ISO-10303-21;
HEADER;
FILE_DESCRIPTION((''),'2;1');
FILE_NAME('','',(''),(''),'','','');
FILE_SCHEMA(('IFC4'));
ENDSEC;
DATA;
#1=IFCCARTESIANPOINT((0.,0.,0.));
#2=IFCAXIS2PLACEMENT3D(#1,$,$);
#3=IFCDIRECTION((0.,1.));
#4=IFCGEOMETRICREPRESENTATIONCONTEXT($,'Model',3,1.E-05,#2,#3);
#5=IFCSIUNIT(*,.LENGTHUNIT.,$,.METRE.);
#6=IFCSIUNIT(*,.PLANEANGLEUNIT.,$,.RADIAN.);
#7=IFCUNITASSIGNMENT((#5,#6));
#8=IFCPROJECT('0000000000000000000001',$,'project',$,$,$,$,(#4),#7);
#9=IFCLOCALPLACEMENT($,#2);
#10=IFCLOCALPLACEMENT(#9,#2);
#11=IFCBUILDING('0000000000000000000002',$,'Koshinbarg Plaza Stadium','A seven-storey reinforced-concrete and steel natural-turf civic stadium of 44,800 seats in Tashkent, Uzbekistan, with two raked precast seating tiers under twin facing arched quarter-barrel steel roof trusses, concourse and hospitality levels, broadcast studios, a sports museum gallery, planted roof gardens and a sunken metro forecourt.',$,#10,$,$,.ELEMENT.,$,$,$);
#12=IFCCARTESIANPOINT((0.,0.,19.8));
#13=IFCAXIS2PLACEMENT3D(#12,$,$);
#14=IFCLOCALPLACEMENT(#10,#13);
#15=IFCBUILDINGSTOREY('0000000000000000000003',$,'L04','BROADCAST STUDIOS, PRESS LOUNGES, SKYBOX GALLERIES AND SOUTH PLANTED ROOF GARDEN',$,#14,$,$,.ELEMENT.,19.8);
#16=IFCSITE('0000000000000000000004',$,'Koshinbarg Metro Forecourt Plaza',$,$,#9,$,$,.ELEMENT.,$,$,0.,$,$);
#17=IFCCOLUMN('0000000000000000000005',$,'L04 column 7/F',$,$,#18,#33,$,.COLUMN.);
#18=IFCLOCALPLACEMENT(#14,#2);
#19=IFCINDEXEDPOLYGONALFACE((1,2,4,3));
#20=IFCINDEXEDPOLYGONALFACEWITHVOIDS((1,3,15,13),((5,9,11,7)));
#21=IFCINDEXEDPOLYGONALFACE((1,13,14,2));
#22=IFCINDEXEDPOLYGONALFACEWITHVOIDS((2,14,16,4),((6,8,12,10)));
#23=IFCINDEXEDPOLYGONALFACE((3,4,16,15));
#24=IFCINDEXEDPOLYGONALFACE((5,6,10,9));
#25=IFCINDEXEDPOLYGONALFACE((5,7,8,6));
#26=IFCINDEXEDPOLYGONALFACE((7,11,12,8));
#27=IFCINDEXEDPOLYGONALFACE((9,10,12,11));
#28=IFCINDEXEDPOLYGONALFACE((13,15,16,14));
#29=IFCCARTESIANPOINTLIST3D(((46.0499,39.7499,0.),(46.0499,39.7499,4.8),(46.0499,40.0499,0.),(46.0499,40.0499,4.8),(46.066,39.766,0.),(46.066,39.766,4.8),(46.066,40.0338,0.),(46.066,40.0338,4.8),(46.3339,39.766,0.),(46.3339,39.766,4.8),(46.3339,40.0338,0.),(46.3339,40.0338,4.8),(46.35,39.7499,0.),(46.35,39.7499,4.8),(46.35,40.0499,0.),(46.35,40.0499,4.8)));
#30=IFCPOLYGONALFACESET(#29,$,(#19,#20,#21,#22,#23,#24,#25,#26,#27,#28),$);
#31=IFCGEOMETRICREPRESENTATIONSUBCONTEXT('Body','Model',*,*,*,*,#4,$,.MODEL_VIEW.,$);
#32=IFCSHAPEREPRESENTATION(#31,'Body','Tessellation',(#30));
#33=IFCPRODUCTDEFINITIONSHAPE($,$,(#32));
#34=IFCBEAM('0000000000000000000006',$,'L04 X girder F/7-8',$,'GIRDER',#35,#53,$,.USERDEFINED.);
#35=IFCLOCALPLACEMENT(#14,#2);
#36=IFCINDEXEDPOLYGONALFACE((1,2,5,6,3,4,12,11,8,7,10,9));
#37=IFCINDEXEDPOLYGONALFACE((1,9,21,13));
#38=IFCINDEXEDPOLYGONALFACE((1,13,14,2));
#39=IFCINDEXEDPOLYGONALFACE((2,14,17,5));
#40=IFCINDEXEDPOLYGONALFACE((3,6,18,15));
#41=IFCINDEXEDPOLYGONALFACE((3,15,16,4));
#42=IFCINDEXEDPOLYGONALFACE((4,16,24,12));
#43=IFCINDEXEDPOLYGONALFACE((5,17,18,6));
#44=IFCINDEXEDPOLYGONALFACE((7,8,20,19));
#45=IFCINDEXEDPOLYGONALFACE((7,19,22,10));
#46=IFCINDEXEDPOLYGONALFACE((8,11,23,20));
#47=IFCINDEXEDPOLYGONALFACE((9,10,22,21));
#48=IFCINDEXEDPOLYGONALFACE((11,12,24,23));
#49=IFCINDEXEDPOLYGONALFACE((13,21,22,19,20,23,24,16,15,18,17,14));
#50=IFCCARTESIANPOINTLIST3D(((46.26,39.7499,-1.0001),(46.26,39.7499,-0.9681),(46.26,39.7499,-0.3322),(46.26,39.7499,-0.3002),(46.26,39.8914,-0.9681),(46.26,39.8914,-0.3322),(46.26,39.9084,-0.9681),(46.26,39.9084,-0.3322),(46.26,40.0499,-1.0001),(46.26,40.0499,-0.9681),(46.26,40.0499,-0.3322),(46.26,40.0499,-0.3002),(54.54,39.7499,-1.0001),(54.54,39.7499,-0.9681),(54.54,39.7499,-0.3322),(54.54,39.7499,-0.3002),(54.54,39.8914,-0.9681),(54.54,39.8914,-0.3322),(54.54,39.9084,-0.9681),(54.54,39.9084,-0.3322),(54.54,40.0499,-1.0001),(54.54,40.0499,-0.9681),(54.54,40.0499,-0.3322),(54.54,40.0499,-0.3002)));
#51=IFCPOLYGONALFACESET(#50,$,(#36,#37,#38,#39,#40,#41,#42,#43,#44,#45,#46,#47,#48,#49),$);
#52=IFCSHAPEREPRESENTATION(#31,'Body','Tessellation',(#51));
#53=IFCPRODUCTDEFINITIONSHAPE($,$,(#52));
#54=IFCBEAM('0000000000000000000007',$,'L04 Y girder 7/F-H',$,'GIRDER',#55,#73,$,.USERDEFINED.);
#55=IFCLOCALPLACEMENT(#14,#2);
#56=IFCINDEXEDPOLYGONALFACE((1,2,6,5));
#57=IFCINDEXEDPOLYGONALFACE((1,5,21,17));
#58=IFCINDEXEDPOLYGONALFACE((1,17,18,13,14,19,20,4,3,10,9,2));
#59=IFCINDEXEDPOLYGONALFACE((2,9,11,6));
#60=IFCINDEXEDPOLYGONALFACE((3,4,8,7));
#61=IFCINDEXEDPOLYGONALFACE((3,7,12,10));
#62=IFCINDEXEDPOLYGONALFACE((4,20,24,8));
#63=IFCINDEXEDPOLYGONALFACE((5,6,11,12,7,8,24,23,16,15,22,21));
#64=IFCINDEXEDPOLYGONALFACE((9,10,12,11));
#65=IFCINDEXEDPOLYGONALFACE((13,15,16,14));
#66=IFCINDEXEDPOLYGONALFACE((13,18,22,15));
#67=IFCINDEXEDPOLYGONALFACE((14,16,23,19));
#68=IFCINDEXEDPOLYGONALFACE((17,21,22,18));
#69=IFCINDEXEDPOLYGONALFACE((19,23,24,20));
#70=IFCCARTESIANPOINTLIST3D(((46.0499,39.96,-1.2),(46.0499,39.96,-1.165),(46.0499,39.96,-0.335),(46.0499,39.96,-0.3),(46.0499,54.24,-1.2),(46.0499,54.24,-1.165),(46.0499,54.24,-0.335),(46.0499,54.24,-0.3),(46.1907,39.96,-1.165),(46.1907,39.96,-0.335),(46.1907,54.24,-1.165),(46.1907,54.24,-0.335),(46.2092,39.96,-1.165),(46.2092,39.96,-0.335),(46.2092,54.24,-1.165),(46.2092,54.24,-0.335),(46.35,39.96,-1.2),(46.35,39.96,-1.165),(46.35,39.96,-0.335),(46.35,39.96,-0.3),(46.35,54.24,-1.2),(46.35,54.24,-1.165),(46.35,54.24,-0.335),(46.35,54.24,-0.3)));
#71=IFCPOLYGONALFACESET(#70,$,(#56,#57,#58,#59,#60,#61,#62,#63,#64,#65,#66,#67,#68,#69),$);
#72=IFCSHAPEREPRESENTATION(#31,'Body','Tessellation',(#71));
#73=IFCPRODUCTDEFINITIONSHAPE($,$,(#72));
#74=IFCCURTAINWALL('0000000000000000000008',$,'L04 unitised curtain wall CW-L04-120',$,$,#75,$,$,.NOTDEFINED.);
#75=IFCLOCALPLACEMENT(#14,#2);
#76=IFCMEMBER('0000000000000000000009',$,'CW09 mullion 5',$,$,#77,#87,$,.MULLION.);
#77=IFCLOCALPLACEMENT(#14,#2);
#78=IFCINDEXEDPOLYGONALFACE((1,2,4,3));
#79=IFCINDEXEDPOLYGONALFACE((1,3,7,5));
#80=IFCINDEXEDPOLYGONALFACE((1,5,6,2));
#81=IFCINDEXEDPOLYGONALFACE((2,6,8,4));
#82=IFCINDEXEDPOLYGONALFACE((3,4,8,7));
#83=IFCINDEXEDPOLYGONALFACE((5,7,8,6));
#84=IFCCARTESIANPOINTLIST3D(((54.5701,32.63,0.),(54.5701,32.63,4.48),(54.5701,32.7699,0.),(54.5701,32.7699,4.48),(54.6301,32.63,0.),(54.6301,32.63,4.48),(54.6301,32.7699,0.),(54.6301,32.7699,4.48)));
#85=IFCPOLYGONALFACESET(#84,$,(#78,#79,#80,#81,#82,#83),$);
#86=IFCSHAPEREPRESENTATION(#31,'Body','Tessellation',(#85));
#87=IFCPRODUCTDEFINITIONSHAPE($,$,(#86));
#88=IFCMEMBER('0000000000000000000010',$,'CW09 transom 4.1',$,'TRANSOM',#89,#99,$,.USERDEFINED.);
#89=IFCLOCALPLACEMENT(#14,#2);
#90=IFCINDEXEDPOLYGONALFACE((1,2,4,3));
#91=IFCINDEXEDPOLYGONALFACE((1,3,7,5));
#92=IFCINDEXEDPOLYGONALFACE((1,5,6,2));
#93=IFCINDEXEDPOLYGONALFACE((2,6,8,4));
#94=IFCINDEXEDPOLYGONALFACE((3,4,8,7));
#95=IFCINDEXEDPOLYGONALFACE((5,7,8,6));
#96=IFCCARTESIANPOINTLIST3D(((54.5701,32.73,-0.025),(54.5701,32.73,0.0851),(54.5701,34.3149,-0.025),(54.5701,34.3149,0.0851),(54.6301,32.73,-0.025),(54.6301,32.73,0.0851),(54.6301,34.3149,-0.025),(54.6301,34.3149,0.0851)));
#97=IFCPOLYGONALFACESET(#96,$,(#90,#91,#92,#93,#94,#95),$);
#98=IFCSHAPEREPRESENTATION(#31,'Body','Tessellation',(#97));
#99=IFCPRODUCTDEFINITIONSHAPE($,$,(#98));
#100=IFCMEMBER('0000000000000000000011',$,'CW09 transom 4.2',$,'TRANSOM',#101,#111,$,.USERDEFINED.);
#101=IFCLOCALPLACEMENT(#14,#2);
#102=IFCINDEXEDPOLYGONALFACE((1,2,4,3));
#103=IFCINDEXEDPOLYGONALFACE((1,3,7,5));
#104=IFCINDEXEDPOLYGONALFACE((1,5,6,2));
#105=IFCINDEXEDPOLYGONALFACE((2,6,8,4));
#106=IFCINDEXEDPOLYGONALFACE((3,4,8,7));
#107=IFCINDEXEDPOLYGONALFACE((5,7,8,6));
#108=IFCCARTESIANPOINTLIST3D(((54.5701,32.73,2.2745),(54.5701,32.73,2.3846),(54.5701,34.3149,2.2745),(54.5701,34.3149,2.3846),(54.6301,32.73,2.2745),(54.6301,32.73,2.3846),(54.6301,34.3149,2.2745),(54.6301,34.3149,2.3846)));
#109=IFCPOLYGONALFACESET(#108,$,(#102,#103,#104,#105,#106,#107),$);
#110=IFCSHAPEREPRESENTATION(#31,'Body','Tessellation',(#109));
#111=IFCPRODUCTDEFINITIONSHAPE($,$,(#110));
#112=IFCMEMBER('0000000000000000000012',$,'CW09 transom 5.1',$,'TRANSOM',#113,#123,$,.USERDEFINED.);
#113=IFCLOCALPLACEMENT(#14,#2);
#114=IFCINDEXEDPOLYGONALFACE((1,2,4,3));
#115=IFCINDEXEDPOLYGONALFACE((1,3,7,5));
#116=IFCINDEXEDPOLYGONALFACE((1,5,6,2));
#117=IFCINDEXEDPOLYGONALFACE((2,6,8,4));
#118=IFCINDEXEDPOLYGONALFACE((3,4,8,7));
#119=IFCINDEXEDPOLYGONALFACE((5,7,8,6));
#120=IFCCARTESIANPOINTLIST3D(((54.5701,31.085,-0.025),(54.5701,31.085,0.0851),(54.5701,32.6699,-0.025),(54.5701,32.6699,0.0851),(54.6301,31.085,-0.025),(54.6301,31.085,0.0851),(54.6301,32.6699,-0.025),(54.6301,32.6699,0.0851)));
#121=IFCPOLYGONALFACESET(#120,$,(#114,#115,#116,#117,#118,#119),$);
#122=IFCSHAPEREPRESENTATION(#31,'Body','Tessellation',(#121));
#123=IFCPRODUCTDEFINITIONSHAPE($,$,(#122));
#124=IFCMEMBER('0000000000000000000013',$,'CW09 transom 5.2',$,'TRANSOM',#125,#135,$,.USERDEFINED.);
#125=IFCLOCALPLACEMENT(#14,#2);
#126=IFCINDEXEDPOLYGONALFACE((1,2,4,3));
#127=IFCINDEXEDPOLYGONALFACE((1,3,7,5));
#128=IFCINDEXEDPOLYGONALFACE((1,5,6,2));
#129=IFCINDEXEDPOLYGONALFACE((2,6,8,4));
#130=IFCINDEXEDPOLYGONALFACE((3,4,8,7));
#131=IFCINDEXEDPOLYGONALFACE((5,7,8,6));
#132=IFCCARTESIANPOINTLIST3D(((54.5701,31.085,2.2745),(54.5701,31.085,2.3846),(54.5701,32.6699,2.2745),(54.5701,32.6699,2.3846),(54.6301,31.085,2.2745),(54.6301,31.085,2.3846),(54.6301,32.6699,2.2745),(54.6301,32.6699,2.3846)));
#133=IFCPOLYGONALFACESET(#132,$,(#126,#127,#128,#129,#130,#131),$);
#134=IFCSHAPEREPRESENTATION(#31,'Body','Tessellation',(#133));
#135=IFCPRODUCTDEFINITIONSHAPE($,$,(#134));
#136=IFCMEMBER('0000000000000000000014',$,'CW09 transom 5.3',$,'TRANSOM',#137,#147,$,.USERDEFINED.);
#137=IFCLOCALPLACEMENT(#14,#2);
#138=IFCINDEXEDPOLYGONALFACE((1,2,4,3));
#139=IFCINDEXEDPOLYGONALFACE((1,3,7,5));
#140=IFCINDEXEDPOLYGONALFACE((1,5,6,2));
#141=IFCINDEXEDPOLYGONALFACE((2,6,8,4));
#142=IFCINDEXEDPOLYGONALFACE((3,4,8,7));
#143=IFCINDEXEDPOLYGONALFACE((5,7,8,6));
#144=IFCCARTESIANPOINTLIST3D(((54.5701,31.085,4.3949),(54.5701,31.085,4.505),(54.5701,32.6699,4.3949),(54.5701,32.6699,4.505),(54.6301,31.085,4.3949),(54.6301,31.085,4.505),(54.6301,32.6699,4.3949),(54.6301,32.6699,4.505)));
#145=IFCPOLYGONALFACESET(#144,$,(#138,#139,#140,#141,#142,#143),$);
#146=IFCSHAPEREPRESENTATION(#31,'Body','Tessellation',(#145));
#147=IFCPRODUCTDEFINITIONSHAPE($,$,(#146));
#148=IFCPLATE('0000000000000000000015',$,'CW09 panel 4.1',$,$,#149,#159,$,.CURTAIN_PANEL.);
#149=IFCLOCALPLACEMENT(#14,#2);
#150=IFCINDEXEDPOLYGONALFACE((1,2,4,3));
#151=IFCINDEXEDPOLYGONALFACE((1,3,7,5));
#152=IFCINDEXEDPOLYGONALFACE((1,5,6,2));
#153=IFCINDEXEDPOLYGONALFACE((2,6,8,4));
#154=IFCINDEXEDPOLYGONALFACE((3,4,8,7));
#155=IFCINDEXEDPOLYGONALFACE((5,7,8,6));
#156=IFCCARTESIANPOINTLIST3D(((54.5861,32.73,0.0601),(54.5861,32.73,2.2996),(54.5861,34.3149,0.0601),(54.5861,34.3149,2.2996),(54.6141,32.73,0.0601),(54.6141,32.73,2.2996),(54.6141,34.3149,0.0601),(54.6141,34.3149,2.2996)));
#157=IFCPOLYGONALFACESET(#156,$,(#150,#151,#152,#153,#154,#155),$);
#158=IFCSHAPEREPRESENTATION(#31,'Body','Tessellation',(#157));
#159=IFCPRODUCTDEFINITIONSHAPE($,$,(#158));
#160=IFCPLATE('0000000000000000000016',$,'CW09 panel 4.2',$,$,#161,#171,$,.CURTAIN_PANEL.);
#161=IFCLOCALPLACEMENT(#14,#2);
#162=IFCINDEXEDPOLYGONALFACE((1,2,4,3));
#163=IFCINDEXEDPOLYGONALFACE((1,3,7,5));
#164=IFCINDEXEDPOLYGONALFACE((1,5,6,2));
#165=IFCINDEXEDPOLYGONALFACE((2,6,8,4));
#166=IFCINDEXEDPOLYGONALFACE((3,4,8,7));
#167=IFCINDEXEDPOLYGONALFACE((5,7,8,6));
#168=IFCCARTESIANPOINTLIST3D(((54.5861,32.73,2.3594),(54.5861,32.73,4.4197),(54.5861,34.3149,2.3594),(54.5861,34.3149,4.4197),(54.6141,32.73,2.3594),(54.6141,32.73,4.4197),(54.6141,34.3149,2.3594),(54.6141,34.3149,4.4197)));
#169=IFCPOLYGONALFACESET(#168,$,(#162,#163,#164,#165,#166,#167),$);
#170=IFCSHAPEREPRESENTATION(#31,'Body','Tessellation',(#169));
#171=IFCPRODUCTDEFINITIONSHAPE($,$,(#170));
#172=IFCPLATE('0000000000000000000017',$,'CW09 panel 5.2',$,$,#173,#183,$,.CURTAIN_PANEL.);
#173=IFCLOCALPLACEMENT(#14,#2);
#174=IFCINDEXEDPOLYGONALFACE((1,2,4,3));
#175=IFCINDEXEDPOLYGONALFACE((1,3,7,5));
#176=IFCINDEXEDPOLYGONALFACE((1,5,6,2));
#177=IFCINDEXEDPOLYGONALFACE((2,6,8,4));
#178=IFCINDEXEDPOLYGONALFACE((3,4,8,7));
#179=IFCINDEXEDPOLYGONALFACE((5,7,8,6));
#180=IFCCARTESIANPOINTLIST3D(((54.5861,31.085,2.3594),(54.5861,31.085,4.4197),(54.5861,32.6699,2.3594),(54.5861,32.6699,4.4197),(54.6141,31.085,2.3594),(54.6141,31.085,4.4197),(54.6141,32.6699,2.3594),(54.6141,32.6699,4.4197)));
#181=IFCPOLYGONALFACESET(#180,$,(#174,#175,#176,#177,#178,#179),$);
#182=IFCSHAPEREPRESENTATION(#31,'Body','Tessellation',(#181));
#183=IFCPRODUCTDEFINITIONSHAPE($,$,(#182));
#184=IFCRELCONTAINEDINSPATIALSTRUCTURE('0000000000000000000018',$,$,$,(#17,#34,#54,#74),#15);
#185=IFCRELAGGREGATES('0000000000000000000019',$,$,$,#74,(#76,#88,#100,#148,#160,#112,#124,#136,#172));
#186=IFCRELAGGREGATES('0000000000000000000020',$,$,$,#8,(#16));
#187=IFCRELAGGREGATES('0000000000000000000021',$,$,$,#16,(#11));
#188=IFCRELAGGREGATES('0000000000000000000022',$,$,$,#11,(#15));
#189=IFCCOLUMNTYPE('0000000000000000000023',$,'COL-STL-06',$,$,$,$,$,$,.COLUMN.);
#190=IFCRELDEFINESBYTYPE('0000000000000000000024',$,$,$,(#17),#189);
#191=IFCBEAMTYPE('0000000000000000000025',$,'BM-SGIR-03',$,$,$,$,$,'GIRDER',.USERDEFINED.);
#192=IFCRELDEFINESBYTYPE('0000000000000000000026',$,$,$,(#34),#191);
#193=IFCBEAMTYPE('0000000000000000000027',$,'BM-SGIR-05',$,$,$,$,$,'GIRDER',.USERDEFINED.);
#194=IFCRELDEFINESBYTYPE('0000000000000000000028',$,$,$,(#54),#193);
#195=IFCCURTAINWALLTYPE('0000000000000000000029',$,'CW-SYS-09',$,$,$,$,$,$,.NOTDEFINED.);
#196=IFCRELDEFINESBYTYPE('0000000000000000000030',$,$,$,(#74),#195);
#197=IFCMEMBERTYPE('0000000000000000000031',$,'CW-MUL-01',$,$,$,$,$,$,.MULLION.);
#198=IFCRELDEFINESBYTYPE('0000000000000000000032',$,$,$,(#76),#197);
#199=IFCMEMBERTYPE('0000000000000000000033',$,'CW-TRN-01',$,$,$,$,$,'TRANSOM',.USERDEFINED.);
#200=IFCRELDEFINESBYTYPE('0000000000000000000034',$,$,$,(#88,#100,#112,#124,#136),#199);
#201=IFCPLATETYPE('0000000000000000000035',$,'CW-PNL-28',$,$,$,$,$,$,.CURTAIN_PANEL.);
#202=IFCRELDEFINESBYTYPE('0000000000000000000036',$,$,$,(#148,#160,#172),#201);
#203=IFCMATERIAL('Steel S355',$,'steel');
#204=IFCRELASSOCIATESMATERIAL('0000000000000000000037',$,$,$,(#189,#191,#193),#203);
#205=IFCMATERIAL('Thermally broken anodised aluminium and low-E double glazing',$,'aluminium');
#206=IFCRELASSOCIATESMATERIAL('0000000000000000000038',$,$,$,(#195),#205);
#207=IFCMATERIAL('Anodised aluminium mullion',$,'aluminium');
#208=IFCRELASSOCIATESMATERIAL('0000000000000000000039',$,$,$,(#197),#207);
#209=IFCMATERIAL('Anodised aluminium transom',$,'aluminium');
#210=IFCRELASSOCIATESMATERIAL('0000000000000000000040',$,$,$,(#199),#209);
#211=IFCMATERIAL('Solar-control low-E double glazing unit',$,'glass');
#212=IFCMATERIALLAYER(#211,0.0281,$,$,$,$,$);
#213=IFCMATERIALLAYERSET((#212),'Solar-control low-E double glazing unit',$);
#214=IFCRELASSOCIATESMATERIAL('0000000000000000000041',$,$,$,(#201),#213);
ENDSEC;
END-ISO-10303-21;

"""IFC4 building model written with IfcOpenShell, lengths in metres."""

from ifc_helpers import new_model, si_unit, direction, frame, origin, origin_2d, place, context, subcontext, project, spatial, rectangle, hollow_rectangle, i_section, extrude, material, layer, layer_set, material_profile, profile_set, type_object, element, aggregate, save


model = new_model("IFC4")

# Units and contexts
model_context = context("Model", 3, precision=1e-05, world=origin(), true_north=direction((0.0, 1.0)))
body_context = subcontext(model_context, "Body", "Model", "MODEL_VIEW")
ifc_project = project(units=[si_unit("LENGTHUNIT", "METRE"), si_unit("PLANEANGLEUNIT", "RADIAN")], contexts=[model_context])

# Site, building, storey
site_placement = place(None, origin())
site = spatial("IfcSite", under=ifc_project, at=site_placement, Name="Koshinbarg Metro Forecourt Plaza", CompositionType="ELEMENT", RefElevation=0.0)
building_placement = place(site_placement, origin())
building = spatial("IfcBuilding", under=site, at=building_placement, Name="Koshinbarg Plaza Stadium", Description="A seven-storey reinforced-concrete and steel natural-turf civic stadium of 44,800 seats in Tashkent, Uzbekistan, with two raked precast seating tiers under twin facing arched quarter-barrel steel roof trusses, concourse and hospitality levels, broadcast studios, a sports museum gallery, planted roof gardens and a sunken metro forecourt.", CompositionType="ELEMENT")
storey_placement = place(building_placement, frame((0.0, 0.0, 19.8)))
storey = spatial("IfcBuildingStorey", under=building, at=storey_placement, Name="L04", Description="BROADCAST STUDIOS, PRESS LOUNGES, SKYBOX GALLERIES AND SOUTH PLANTED ROOF GARDEN", CompositionType="ELEMENT", Elevation=19.8)

# Column
ifc_material_1 = material(Name="Steel S355", Category="steel")
ifc_material_profile_1 = material_profile(ifc_material_1, hollow_rectangle(XDim=0.3, YDim=0.3, WallThickness=0.0161, at=origin_2d()), Name="SHS 300x300x16")
ifc_profile_set_1 = profile_set([ifc_material_profile_1], Name="Steel S355")
column_type = type_object("IfcColumnType", Name="COL-STL-06", PredefinedType="COLUMN", material=ifc_profile_set_1)
column_placement = place(storey_placement, frame((46.2, 39.8999, 0.0), z_axis=(0.0, 0.0, 1.0), x_axis=(1.0, 0.0, 0.0)))
element("IfcColumn", 1, at=column_placement, inside=storey, type_object=column_type, Name="L04 column 7/F", PredefinedType="COLUMN", context=body_context, shape_type="SweptSolid", body=[
    extrude(hollow_rectangle(XDim=0.3, YDim=0.3, WallThickness=0.0161, at=origin_2d()), origin(), (0.0, 0.0, 1.0), 4.8),
])

# Beams
ifc_material_profile_2 = material_profile(ifc_material_1, i_section(OverallWidth=0.3, OverallDepth=0.7, WebThickness=0.0171, FlangeThickness=0.032, at=origin_2d()), Name="HEB 700")
ifc_profile_set_2 = profile_set([ifc_material_profile_2], Name="Steel S355")
beam_type_1 = type_object("IfcBeamType", Name="BM-SGIR-03", ElementType="GIRDER", PredefinedType="USERDEFINED", material=ifc_profile_set_2)
beam_1_placement = place(storey_placement, frame((46.26, 39.8999, -0.6501), z_axis=(1.0, 0.0, 0.0), x_axis=(0.0, 1.0, 0.0)))
element("IfcBeam", 2, at=beam_1_placement, inside=storey, type_object=beam_type_1, Name="L04 X girder F/7-8", ObjectType="GIRDER", PredefinedType="USERDEFINED", context=body_context, shape_type="SweptSolid", body=[
    extrude(i_section(OverallWidth=0.3, OverallDepth=0.7, WebThickness=0.0171, FlangeThickness=0.032, at=origin_2d()), origin(), (0.0, 0.0, 1.0), 8.28),
])
ifc_material_profile_3 = material_profile(ifc_material_1, i_section(OverallWidth=0.3, OverallDepth=0.8999, WebThickness=0.0186, FlangeThickness=0.0349, at=origin_2d()), Name="HEB 900")
ifc_profile_set_3 = profile_set([ifc_material_profile_3], Name="Steel S355")
beam_type_2 = type_object("IfcBeamType", Name="BM-SGIR-05", ElementType="GIRDER", PredefinedType="USERDEFINED", material=ifc_profile_set_3)
beam_2_placement = place(storey_placement, frame((46.2, 39.96, -0.75), z_axis=(0.0, 1.0, 0.0), x_axis=(-1.0, 0.0, 0.0)))
element("IfcBeam", 3, at=beam_2_placement, inside=storey, type_object=beam_type_2, Name="L04 Y girder 7/F-H", ObjectType="GIRDER", PredefinedType="USERDEFINED", context=body_context, shape_type="SweptSolid", body=[
    extrude(i_section(OverallWidth=0.3, OverallDepth=0.8999, WebThickness=0.0186, FlangeThickness=0.0349, at=origin_2d()), origin(), (0.0, 0.0, 1.0), 14.28),
])

# Curtain wall, members, plates
ifc_material_2 = material(Name="Thermally broken anodised aluminium and low-E double glazing", Category="aluminium")
curtain_wall_type = type_object("IfcCurtainWallType", Name="CW-SYS-09", PredefinedType="NOTDEFINED", material=ifc_material_2)
curtain_wall_placement = place(storey_placement, origin())
curtain_wall = element("IfcCurtainWall", 4, at=curtain_wall_placement, inside=storey, type_object=curtain_wall_type, Name="L04 unitised curtain wall CW-L04-120", PredefinedType="NOTDEFINED")
ifc_material_3 = material(Name="Anodised aluminium mullion", Category="aluminium")
ifc_material_profile_4 = material_profile(ifc_material_3, rectangle(XDim=0.0601, YDim=0.1399, at=origin_2d()), Name="ALU 60x140")
ifc_profile_set_4 = profile_set([ifc_material_profile_4], Name="Anodised aluminium mullion")
member_type_1 = type_object("IfcMemberType", Name="CW-MUL-01", PredefinedType="MULLION", material=ifc_profile_set_4)
member_1_placement = place(storey_placement, frame((54.6001, 32.7, 0.0), z_axis=(0.0, 0.0, 1.0), x_axis=(1.0, 0.0, 0.0)))
member_1 = element("IfcMember", 5, at=member_1_placement, type_object=member_type_1, Name="CW09 mullion 5", PredefinedType="MULLION", context=body_context, shape_type="SweptSolid", body=[
    extrude(rectangle(XDim=0.0601, YDim=0.1399, at=origin_2d()), origin(), (0.0, 0.0, 1.0), 4.48),
])
ifc_material_4 = material(Name="Anodised aluminium transom", Category="aluminium")
ifc_material_profile_5 = material_profile(ifc_material_4, rectangle(XDim=0.0601, YDim=0.1101, at=origin_2d()), Name="ALU 60x110")
ifc_profile_set_5 = profile_set([ifc_material_profile_5], Name="Anodised aluminium transom")
member_type_2 = type_object("IfcMemberType", Name="CW-TRN-01", ElementType="TRANSOM", PredefinedType="USERDEFINED", material=ifc_profile_set_5)
member_2_placement = place(storey_placement, frame((54.6001, 34.3149, 0.03), z_axis=(0.0, -1.0, 0.0), x_axis=(1.0, 0.0, 0.0)))
member_2 = element("IfcMember", 6, at=member_2_placement, type_object=member_type_2, Name="CW09 transom 4.1", ObjectType="TRANSOM", PredefinedType="USERDEFINED", context=body_context, shape_type="SweptSolid", body=[
    extrude(rectangle(XDim=0.0601, YDim=0.1101, at=origin_2d()), origin(), (0.0, 0.0, 1.0), 1.585),
])
member_3_placement = place(storey_placement, frame((54.6001, 34.3149, 2.3296), z_axis=(0.0, -1.0, 0.0), x_axis=(1.0, 0.0, 0.0)))
member_3 = element("IfcMember", 7, at=member_3_placement, type_object=member_type_2, Name="CW09 transom 4.2", ObjectType="TRANSOM", PredefinedType="USERDEFINED", context=body_context, shape_type="SweptSolid", body=[
    extrude(rectangle(XDim=0.0601, YDim=0.1101, at=origin_2d()), origin(), (0.0, 0.0, 1.0), 1.585),
])
member_4_placement = place(storey_placement, frame((54.6001, 32.6699, 0.03), z_axis=(0.0, -1.0, 0.0), x_axis=(1.0, 0.0, 0.0)))
member_4 = element("IfcMember", 8, at=member_4_placement, type_object=member_type_2, Name="CW09 transom 5.1", ObjectType="TRANSOM", PredefinedType="USERDEFINED", context=body_context, shape_type="SweptSolid", body=[
    extrude(rectangle(XDim=0.0601, YDim=0.1101, at=origin_2d()), origin(), (0.0, 0.0, 1.0), 1.585),
])
member_5_placement = place(storey_placement, frame((54.6001, 32.6699, 2.3296), z_axis=(0.0, -1.0, 0.0), x_axis=(1.0, 0.0, 0.0)))
member_5 = element("IfcMember", 9, at=member_5_placement, type_object=member_type_2, Name="CW09 transom 5.2", ObjectType="TRANSOM", PredefinedType="USERDEFINED", context=body_context, shape_type="SweptSolid", body=[
    extrude(rectangle(XDim=0.0601, YDim=0.1101, at=origin_2d()), origin(), (0.0, 0.0, 1.0), 1.585),
])
member_6_placement = place(storey_placement, frame((54.6001, 32.6699, 4.45), z_axis=(0.0, -1.0, 0.0), x_axis=(1.0, 0.0, 0.0)))
member_6 = element("IfcMember", 10, at=member_6_placement, type_object=member_type_2, Name="CW09 transom 5.3", ObjectType="TRANSOM", PredefinedType="USERDEFINED", context=body_context, shape_type="SweptSolid", body=[
    extrude(rectangle(XDim=0.0601, YDim=0.1101, at=origin_2d()), origin(), (0.0, 0.0, 1.0), 1.585),
])
ifc_material_5 = material(Name="Solar-control low-E double glazing unit", Category="glass")
ifc_layer_1 = layer(ifc_material_5, 0.0281)
ifc_layer_set_1 = layer_set([ifc_layer_1], Name="Solar-control low-E double glazing unit")
plate_type = type_object("IfcPlateType", Name="CW-PNL-28", PredefinedType="CURTAIN_PANEL", material=ifc_layer_set_1)
plate_1_placement = place(storey_placement, frame((54.6001, 33.5225, 0.0601), z_axis=(0.0, 0.0, 1.0), x_axis=(0.0, -1.0, 0.0)))
plate_1 = element("IfcPlate", 11, at=plate_1_placement, type_object=plate_type, Name="CW09 panel 4.1", PredefinedType="CURTAIN_PANEL", context=body_context, shape_type="SweptSolid", body=[
    extrude(rectangle(XDim=1.585, YDim=0.0281, at=origin_2d()), origin(), (0.0, 0.0, 1.0), 2.2395),
])
plate_2_placement = place(storey_placement, frame((54.6001, 33.5225, 2.3594), z_axis=(0.0, 0.0, 1.0), x_axis=(0.0, -1.0, 0.0)))
plate_2 = element("IfcPlate", 12, at=plate_2_placement, type_object=plate_type, Name="CW09 panel 4.2", PredefinedType="CURTAIN_PANEL", context=body_context, shape_type="SweptSolid", body=[
    extrude(rectangle(XDim=1.585, YDim=0.0281, at=origin_2d()), origin(), (0.0, 0.0, 1.0), 2.0603),
])
plate_3_placement = place(storey_placement, frame((54.6001, 31.8774, 2.3594), z_axis=(0.0, 0.0, 1.0), x_axis=(0.0, -1.0, 0.0)))
plate_3 = element("IfcPlate", 13, at=plate_3_placement, type_object=plate_type, Name="CW09 panel 5.2", PredefinedType="CURTAIN_PANEL", context=body_context, shape_type="SweptSolid", body=[
    extrude(rectangle(XDim=1.585, YDim=0.0281, at=origin_2d()), origin(), (0.0, 0.0, 1.0), 2.0603),
])
aggregate(curtain_wall, [member_1, member_2, member_3, plate_1, plate_2, member_4, member_5, member_6, plate_3])

save(model, "model.ifc")
